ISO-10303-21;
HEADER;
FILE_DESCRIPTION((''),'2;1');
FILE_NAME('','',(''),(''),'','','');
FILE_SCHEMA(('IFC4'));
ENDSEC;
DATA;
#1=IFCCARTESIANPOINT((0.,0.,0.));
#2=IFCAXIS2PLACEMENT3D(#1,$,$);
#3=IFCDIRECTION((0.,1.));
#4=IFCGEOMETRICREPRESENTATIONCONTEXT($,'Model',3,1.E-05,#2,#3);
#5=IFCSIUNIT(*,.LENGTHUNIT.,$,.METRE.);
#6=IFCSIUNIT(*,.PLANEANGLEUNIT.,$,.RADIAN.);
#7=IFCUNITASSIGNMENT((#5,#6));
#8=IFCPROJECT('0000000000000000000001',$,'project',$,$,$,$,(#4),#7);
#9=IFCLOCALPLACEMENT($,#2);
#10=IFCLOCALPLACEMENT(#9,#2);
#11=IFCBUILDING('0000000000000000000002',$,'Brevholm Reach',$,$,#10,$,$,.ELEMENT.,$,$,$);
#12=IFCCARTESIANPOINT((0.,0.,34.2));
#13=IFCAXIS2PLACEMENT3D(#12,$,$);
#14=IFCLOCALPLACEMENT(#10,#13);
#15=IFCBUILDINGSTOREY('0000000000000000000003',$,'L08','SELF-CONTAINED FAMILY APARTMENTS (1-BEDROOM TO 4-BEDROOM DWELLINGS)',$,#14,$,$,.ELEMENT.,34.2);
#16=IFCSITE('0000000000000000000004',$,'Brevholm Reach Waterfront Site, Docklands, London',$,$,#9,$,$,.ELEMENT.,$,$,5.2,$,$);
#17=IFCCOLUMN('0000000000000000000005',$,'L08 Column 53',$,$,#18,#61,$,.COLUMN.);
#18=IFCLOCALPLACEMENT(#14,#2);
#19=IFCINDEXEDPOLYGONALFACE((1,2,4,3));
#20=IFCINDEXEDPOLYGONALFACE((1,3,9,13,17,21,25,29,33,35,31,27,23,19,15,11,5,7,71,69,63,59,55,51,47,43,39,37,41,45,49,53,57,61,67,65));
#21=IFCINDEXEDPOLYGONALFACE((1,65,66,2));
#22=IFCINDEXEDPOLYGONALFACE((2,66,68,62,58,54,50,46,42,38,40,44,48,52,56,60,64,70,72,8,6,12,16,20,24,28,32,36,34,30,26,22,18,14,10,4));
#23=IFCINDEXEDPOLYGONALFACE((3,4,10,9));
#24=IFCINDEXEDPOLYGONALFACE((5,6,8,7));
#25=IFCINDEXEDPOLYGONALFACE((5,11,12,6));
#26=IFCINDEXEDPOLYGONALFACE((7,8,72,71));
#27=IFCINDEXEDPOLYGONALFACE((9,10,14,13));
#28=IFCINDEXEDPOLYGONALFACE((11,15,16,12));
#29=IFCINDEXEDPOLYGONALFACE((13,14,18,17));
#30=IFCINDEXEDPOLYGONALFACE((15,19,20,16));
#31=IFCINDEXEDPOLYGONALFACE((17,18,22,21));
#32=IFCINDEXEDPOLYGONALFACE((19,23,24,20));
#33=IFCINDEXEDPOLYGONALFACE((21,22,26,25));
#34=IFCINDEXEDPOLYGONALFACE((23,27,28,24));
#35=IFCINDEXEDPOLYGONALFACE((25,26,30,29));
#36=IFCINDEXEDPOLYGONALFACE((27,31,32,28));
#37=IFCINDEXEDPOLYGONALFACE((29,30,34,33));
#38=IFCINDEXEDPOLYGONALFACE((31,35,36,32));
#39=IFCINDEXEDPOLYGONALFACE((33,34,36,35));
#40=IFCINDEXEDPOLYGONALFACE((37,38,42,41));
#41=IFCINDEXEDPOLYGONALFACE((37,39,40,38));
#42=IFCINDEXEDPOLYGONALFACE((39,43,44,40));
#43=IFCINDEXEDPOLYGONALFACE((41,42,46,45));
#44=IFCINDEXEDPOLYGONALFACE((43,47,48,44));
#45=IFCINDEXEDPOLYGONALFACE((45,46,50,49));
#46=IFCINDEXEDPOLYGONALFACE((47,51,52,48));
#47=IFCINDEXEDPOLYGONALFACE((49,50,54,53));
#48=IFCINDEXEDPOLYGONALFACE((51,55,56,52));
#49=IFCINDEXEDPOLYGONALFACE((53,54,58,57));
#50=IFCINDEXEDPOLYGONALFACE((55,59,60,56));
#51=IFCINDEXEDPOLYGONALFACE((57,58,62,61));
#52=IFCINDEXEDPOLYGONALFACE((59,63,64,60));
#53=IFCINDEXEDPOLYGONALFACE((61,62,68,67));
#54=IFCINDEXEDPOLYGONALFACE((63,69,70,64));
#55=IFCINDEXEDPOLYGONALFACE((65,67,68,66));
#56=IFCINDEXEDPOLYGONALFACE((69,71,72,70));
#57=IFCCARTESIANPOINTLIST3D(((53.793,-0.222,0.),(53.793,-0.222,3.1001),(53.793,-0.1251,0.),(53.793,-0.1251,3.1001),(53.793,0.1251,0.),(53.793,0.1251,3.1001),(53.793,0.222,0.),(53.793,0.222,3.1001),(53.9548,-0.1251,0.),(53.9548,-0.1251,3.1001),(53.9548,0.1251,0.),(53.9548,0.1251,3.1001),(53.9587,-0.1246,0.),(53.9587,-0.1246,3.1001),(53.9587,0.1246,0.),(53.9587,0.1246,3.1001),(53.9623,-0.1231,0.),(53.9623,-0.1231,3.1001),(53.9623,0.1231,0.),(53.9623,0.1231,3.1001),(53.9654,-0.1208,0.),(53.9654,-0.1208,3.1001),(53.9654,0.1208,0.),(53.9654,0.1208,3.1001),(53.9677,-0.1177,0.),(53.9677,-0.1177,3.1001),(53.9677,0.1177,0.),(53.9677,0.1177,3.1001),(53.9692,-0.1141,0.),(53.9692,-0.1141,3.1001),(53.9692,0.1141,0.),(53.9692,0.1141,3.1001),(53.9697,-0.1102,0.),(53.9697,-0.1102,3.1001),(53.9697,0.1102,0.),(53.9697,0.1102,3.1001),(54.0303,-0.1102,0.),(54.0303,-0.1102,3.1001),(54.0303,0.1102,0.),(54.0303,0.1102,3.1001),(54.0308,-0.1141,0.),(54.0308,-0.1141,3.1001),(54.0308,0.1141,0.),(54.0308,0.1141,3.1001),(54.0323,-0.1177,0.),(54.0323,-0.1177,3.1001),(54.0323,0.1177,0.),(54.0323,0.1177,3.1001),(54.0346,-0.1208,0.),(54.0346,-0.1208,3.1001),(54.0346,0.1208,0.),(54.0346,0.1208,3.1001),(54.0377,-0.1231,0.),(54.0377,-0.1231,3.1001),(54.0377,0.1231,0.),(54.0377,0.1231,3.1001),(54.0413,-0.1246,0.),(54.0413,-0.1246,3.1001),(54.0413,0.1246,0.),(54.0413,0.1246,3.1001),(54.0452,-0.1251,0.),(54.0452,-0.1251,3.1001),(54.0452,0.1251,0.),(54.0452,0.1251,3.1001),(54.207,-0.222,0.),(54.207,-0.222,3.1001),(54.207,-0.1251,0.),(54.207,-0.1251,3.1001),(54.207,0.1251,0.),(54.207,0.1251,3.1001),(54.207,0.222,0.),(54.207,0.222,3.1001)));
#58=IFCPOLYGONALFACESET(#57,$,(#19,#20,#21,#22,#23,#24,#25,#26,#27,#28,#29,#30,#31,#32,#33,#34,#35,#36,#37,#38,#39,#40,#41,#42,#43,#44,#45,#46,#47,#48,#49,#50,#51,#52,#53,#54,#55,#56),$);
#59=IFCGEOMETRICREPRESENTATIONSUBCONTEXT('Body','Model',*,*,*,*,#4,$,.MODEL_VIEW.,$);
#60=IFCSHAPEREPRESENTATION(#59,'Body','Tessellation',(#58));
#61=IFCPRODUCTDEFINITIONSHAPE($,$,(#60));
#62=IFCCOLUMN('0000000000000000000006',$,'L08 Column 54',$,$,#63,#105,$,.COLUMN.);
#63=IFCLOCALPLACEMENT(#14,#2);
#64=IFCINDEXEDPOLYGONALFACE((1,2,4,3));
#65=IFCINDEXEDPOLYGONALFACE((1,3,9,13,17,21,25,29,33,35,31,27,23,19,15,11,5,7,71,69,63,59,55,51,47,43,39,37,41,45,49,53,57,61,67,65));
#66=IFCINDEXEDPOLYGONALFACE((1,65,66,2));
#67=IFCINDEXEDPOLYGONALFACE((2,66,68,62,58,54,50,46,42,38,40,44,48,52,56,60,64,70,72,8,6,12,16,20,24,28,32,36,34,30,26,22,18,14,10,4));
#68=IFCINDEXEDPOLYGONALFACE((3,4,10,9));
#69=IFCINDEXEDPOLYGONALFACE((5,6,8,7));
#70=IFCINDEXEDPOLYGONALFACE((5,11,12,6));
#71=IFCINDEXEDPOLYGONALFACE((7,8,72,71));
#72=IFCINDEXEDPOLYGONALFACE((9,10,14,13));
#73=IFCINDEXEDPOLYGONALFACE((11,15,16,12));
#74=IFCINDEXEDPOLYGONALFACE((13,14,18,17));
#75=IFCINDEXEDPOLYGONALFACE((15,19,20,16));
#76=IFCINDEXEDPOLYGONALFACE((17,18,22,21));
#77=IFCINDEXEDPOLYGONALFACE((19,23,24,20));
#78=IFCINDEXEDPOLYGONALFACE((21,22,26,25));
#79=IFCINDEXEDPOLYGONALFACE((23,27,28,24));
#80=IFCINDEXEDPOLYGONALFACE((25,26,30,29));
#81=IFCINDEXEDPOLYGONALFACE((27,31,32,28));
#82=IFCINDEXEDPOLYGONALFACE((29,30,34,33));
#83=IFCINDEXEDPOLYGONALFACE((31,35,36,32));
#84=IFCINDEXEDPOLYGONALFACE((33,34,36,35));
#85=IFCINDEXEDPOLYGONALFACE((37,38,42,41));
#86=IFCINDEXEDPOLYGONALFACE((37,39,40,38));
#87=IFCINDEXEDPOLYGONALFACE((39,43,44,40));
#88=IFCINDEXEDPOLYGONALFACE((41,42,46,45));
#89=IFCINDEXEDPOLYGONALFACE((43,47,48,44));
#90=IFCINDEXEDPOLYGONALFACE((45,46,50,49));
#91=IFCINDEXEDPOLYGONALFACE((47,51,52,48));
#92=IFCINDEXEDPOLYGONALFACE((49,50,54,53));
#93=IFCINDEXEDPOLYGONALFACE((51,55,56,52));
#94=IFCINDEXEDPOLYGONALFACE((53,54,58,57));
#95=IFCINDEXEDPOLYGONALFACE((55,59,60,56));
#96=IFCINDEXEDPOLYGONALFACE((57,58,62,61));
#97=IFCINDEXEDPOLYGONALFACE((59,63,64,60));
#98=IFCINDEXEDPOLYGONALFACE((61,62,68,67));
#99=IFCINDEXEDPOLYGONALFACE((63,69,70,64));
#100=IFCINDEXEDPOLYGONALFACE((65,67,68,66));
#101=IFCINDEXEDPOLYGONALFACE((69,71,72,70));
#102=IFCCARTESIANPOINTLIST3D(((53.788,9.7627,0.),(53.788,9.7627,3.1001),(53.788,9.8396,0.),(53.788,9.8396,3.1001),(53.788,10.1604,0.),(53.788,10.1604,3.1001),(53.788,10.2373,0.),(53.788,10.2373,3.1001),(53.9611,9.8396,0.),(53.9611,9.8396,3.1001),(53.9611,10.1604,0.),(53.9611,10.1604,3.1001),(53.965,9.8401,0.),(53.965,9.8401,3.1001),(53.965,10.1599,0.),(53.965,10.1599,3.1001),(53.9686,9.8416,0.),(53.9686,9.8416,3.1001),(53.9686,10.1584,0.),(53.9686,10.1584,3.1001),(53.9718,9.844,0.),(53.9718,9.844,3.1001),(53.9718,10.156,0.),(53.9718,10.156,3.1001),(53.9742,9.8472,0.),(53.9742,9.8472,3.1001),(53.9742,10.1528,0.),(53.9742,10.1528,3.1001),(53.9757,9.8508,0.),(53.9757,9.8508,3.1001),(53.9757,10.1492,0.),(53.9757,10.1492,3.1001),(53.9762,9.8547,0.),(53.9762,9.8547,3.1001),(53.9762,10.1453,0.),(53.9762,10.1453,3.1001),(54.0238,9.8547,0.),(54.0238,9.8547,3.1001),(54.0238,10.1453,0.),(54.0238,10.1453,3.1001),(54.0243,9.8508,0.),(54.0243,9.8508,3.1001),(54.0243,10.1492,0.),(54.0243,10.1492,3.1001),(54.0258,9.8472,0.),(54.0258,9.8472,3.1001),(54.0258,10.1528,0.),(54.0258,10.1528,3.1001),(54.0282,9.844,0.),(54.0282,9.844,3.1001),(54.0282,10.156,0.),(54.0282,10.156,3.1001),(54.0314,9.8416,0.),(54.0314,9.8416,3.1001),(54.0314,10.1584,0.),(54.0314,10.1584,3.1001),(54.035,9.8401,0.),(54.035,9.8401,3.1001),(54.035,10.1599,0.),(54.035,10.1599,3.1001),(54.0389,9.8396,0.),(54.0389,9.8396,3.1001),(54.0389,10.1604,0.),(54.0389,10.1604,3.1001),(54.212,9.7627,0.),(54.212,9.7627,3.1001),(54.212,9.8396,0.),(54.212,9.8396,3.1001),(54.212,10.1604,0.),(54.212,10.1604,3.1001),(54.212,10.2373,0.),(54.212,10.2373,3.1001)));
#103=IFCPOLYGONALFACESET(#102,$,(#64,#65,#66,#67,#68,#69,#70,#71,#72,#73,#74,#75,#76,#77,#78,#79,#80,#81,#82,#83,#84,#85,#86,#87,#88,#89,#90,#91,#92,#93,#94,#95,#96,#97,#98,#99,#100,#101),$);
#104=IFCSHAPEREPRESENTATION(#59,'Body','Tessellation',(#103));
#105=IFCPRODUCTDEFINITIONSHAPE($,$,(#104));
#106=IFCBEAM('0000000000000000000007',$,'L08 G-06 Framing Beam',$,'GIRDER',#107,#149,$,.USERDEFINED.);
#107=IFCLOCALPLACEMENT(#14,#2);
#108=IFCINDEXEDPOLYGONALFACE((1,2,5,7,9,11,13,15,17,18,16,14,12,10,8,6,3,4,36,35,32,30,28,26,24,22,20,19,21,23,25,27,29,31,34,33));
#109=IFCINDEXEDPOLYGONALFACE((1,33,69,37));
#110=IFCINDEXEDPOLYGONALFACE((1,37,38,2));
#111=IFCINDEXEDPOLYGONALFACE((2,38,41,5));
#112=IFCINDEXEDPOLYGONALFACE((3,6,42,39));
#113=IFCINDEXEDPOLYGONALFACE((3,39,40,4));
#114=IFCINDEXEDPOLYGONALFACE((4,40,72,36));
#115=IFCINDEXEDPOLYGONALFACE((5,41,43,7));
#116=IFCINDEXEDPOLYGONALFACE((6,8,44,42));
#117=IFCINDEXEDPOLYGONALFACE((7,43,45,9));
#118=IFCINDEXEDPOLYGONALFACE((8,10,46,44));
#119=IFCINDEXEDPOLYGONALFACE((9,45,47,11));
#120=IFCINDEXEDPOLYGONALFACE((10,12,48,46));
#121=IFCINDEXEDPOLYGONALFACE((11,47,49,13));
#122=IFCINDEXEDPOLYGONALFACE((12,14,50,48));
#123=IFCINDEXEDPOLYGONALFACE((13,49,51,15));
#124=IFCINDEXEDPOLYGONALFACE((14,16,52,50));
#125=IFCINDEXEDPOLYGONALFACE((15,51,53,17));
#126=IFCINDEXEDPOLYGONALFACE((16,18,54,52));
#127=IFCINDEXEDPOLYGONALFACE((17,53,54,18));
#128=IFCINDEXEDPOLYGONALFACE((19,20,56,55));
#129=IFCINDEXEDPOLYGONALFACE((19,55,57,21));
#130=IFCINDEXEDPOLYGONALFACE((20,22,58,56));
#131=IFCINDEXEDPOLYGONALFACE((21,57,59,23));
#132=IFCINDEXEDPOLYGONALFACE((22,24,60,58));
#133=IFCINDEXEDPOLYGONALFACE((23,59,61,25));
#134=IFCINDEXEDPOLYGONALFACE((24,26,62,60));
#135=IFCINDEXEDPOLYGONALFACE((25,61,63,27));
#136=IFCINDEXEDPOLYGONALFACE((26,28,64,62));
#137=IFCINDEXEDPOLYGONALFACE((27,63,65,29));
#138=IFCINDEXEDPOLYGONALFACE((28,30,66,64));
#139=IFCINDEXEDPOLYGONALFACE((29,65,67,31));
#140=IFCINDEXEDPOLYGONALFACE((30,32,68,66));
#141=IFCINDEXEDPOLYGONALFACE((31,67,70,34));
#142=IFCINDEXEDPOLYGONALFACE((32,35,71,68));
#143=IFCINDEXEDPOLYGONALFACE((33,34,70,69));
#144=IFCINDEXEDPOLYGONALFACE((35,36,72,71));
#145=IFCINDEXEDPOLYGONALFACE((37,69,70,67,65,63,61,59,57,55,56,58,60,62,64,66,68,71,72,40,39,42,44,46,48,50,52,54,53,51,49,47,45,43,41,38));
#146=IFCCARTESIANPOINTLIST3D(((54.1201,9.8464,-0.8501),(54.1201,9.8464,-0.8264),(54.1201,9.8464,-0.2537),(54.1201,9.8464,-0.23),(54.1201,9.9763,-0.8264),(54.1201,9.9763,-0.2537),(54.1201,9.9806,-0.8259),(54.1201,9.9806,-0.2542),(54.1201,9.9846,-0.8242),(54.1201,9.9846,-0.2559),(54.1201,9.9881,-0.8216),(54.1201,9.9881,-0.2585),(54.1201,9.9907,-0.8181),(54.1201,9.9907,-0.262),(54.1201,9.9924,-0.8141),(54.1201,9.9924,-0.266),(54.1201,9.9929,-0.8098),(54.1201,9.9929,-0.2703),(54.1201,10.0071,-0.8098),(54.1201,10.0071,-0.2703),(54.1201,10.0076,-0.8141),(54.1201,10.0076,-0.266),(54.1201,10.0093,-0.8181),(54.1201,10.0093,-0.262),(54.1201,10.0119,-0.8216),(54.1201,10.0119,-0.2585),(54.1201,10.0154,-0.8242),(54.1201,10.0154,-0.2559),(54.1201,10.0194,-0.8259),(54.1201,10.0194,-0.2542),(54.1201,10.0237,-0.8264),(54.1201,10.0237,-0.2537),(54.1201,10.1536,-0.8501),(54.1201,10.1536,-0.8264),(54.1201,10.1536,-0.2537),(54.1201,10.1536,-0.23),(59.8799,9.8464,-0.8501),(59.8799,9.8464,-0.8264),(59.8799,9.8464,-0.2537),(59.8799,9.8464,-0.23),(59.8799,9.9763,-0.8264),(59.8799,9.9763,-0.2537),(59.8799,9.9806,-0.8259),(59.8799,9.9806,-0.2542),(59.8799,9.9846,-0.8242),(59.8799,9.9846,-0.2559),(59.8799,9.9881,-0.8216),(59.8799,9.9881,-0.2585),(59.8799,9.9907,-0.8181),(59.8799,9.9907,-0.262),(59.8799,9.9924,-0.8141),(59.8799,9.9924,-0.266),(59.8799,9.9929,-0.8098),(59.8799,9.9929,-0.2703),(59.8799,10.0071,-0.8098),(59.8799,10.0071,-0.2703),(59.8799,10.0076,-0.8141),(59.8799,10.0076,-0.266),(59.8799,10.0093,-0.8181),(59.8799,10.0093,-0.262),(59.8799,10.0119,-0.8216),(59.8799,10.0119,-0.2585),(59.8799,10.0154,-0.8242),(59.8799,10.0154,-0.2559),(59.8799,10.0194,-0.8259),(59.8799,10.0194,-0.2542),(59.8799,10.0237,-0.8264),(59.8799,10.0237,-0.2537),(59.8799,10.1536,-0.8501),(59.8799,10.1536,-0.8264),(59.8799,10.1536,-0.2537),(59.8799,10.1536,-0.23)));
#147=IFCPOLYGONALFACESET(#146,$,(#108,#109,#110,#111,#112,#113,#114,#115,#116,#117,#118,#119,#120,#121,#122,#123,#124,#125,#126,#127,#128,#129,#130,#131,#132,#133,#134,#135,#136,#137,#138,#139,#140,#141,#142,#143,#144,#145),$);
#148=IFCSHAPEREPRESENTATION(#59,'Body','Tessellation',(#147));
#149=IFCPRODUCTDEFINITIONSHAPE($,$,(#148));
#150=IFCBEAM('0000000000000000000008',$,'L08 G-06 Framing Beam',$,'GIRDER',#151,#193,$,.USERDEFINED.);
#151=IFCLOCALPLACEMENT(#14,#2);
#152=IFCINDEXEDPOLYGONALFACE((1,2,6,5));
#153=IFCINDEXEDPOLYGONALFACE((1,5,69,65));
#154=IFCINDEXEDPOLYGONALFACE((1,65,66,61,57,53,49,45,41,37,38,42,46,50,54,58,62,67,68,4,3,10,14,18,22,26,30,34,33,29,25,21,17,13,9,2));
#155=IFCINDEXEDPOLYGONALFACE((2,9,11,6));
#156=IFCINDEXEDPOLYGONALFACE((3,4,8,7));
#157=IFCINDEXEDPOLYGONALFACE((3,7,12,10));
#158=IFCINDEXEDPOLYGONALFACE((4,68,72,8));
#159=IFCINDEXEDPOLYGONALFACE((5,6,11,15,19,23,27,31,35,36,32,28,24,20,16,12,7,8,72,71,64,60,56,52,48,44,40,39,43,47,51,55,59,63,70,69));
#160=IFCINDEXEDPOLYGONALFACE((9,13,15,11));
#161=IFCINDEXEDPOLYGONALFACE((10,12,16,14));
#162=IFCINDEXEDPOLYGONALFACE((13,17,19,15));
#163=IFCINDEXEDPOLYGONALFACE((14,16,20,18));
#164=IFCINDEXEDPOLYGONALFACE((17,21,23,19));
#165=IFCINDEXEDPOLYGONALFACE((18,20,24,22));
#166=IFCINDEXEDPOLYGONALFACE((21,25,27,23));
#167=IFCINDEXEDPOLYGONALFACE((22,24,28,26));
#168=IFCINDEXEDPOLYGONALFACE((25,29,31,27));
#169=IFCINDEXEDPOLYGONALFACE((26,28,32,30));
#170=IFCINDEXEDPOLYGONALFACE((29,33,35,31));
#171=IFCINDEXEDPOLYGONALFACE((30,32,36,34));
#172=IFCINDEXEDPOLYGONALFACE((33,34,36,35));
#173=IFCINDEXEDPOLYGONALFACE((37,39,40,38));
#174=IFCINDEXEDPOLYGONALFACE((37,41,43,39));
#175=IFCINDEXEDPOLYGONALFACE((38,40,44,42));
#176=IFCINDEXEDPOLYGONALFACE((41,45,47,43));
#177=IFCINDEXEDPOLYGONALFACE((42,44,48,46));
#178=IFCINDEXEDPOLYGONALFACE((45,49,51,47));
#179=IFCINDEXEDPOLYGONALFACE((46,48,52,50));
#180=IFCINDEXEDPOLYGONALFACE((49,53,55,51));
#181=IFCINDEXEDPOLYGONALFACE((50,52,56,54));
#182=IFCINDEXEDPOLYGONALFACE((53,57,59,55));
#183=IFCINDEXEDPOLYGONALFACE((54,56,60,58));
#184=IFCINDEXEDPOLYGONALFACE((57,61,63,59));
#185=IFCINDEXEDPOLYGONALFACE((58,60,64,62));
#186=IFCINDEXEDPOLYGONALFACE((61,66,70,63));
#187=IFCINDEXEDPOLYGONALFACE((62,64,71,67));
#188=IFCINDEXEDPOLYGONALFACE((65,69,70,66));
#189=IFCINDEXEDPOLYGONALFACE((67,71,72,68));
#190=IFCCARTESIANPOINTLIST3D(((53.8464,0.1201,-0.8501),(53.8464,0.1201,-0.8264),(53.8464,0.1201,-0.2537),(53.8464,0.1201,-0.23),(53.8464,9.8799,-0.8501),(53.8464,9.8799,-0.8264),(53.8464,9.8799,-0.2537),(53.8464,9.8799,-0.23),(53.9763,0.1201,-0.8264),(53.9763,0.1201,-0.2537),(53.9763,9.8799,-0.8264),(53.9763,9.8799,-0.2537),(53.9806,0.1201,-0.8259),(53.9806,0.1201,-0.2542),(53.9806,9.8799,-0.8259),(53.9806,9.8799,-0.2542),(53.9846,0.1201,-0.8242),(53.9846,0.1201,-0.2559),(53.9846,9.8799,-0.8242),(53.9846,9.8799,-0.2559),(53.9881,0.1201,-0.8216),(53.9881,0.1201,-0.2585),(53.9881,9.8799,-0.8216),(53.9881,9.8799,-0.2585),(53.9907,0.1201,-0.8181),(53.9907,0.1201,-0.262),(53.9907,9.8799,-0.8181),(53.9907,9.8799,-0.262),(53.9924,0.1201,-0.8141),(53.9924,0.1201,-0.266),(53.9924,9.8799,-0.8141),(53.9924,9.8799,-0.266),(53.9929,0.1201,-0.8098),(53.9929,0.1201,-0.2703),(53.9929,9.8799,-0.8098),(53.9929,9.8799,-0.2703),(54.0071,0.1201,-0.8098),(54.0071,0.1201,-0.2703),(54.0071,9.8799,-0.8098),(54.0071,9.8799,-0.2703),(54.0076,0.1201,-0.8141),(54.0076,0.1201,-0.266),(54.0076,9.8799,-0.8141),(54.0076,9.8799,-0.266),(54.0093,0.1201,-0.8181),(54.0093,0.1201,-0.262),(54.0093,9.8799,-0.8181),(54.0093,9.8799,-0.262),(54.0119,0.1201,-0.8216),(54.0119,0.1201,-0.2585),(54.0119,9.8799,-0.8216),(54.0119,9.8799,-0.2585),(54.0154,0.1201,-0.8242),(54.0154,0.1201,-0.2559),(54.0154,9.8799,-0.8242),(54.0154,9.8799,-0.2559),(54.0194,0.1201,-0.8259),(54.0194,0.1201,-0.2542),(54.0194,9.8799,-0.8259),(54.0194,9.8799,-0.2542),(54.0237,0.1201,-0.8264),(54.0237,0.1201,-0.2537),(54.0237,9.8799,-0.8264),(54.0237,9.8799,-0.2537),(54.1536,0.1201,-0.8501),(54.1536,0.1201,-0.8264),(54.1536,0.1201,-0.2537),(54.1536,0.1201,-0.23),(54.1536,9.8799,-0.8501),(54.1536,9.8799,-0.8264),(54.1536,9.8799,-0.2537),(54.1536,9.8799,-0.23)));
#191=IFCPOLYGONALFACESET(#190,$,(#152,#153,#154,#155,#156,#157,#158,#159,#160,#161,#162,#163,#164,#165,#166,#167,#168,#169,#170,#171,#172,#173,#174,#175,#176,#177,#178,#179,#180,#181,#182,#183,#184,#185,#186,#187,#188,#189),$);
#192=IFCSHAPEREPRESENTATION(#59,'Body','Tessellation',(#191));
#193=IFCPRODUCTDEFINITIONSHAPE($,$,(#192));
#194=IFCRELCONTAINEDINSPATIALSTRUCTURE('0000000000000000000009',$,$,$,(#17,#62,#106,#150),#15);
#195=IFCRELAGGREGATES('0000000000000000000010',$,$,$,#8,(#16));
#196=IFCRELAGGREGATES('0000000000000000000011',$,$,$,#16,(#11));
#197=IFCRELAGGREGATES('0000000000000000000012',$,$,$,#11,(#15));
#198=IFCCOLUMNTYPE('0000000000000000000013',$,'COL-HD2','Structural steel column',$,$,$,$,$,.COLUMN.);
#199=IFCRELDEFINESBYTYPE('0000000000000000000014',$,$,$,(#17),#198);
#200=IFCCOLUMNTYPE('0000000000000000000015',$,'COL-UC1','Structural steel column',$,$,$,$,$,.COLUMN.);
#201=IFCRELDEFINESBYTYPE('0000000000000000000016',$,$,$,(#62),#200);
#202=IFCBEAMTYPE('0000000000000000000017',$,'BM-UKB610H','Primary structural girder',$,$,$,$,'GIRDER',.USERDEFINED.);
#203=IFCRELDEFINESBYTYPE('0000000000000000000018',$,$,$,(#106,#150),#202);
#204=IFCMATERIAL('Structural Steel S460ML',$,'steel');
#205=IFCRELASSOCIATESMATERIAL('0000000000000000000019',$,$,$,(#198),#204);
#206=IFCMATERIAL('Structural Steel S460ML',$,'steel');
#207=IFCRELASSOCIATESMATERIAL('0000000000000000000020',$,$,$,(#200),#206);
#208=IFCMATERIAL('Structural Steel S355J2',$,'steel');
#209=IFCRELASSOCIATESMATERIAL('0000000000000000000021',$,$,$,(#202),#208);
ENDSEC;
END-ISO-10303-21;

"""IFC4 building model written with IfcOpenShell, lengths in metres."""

from ifc_helpers import new_model, si_unit, direction, frame, origin, origin_2d, place, context, subcontext, project, spatial, i_section, extrude, material, material_profile, profile_set, type_object, element, save


model = new_model("IFC4")

# Units and contexts
model_context = context("Model", 3, precision=1e-05, world=origin(), true_north=direction((0.0, 1.0)))
body_context = subcontext(model_context, "Body", "Model", "MODEL_VIEW")
ifc_project = project(units=[si_unit("LENGTHUNIT", "METRE"), si_unit("PLANEANGLEUNIT", "RADIAN")], contexts=[model_context])

# Site, building, storey
site_placement = place(None, origin())
site = spatial("IfcSite", under=ifc_project, at=site_placement, Name="Brevholm Reach Waterfront Site, Docklands, London", CompositionType="ELEMENT", RefElevation=5.2)
building_placement = place(site_placement, origin())
building = spatial("IfcBuilding", under=site, at=building_placement, Name="Brevholm Reach", CompositionType="ELEMENT")
storey_placement = place(building_placement, frame((0.0, 0.0, 34.2)))
storey = spatial("IfcBuildingStorey", under=building, at=storey_placement, Name="L08", Description="SELF-CONTAINED FAMILY APARTMENTS (1-BEDROOM TO 4-BEDROOM DWELLINGS)", CompositionType="ELEMENT", Elevation=34.2)

# Columns
ifc_material_1 = material(Name="Structural Steel S460ML", Category="steel")
ifc_material_profile_1 = material_profile(ifc_material_1, i_section(OverallWidth=0.4141, OverallDepth=0.4441, WebThickness=0.0605, FlangeThickness=0.0969, FilletRadius=0.0149, at=origin_2d()), Name="HD 400x818")
ifc_profile_set_1 = profile_set([ifc_material_profile_1], Name="Structural Steel S460ML")
column_type_1 = type_object("IfcColumnType", Name="COL-HD2", Description="Structural steel column", PredefinedType="COLUMN", material=ifc_profile_set_1)
column_1_placement = place(storey_placement, frame((54.0, 0.0, 0.0), z_axis=(0.0, 0.0, 1.0), x_axis=(1.0, 0.0, 0.0)))
element("IfcColumn", 1, at=column_1_placement, inside=storey, type_object=column_type_1, Name="L08 Column 53", PredefinedType="COLUMN", context=body_context, shape_type="SweptSolid", body=[
    extrude(i_section(OverallWidth=0.4141, OverallDepth=0.4441, WebThickness=0.0605, FlangeThickness=0.0969, FilletRadius=0.0149, at=origin_2d()), origin(), (0.0, 0.0, 1.0), 3.1001),
])
ifc_material_2 = material(Name="Structural Steel S460ML", Category="steel")
ifc_material_profile_2 = material_profile(ifc_material_2, i_section(OverallWidth=0.4241, OverallDepth=0.4746, WebThickness=0.0476, FlangeThickness=0.0769, FilletRadius=0.0151, at=origin_2d()), Name="UKC 356x406x634")
ifc_profile_set_2 = profile_set([ifc_material_profile_2], Name="Structural Steel S460ML")
column_type_2 = type_object("IfcColumnType", Name="COL-UC1", Description="Structural steel column", PredefinedType="COLUMN", material=ifc_profile_set_2)
column_2_placement = place(storey_placement, frame((54.0, 10.0, 0.0), z_axis=(0.0, 0.0, 1.0), x_axis=(1.0, 0.0, 0.0)))
element("IfcColumn", 2, at=column_2_placement, inside=storey, type_object=column_type_2, Name="L08 Column 54", PredefinedType="COLUMN", context=body_context, shape_type="SweptSolid", body=[
    extrude(i_section(OverallWidth=0.4241, OverallDepth=0.4746, WebThickness=0.0476, FlangeThickness=0.0769, FilletRadius=0.0151, at=origin_2d()), origin(), (0.0, 0.0, 1.0), 3.1001),
])

# Beams
ifc_material_3 = material(Name="Structural Steel S355J2", Category="steel")
ifc_material_profile_3 = material_profile(ifc_material_3, i_section(OverallWidth=0.3071, OverallDepth=0.6201, WebThickness=0.0142, FlangeThickness=0.0237, FilletRadius=0.0166, at=origin_2d()), Name="UKB 610x305x179")
ifc_profile_set_3 = profile_set([ifc_material_profile_3], Name="Structural Steel S355J2")
beam_type = type_object("IfcBeamType", Name="BM-UKB610H", Description="Primary structural girder", ElementType="GIRDER", PredefinedType="USERDEFINED", material=ifc_profile_set_3)
beam_1_placement = place(storey_placement, frame((54.1201, 10.0, -0.54), z_axis=(1.0, 0.0, 0.0), x_axis=(0.0, 1.0, 0.0)))
element("IfcBeam", 3, at=beam_1_placement, inside=storey, type_object=beam_type, Name="L08 G-06 Framing Beam", ObjectType="GIRDER", PredefinedType="USERDEFINED", context=body_context, shape_type="SweptSolid", body=[
    extrude(i_section(OverallWidth=0.3071, OverallDepth=0.6201, WebThickness=0.0142, FlangeThickness=0.0237, FilletRadius=0.0166, at=origin_2d()), origin(), (0.0, 0.0, 1.0), 5.7598),
])
beam_2_placement = place(storey_placement, frame((54.0, 0.1201, -0.54), z_axis=(0.0, 1.0, 0.0), x_axis=(-1.0, 0.0, 0.0)))
element("IfcBeam", 4, at=beam_2_placement, inside=storey, type_object=beam_type, Name="L08 G-06 Framing Beam", ObjectType="GIRDER", PredefinedType="USERDEFINED", context=body_context, shape_type="SweptSolid", body=[
    extrude(i_section(OverallWidth=0.3071, OverallDepth=0.6201, WebThickness=0.0142, FlangeThickness=0.0237, FilletRadius=0.0166, at=origin_2d()), origin(), (0.0, 0.0, 1.0), 9.7598),
])

save(model, "model.ifc")
